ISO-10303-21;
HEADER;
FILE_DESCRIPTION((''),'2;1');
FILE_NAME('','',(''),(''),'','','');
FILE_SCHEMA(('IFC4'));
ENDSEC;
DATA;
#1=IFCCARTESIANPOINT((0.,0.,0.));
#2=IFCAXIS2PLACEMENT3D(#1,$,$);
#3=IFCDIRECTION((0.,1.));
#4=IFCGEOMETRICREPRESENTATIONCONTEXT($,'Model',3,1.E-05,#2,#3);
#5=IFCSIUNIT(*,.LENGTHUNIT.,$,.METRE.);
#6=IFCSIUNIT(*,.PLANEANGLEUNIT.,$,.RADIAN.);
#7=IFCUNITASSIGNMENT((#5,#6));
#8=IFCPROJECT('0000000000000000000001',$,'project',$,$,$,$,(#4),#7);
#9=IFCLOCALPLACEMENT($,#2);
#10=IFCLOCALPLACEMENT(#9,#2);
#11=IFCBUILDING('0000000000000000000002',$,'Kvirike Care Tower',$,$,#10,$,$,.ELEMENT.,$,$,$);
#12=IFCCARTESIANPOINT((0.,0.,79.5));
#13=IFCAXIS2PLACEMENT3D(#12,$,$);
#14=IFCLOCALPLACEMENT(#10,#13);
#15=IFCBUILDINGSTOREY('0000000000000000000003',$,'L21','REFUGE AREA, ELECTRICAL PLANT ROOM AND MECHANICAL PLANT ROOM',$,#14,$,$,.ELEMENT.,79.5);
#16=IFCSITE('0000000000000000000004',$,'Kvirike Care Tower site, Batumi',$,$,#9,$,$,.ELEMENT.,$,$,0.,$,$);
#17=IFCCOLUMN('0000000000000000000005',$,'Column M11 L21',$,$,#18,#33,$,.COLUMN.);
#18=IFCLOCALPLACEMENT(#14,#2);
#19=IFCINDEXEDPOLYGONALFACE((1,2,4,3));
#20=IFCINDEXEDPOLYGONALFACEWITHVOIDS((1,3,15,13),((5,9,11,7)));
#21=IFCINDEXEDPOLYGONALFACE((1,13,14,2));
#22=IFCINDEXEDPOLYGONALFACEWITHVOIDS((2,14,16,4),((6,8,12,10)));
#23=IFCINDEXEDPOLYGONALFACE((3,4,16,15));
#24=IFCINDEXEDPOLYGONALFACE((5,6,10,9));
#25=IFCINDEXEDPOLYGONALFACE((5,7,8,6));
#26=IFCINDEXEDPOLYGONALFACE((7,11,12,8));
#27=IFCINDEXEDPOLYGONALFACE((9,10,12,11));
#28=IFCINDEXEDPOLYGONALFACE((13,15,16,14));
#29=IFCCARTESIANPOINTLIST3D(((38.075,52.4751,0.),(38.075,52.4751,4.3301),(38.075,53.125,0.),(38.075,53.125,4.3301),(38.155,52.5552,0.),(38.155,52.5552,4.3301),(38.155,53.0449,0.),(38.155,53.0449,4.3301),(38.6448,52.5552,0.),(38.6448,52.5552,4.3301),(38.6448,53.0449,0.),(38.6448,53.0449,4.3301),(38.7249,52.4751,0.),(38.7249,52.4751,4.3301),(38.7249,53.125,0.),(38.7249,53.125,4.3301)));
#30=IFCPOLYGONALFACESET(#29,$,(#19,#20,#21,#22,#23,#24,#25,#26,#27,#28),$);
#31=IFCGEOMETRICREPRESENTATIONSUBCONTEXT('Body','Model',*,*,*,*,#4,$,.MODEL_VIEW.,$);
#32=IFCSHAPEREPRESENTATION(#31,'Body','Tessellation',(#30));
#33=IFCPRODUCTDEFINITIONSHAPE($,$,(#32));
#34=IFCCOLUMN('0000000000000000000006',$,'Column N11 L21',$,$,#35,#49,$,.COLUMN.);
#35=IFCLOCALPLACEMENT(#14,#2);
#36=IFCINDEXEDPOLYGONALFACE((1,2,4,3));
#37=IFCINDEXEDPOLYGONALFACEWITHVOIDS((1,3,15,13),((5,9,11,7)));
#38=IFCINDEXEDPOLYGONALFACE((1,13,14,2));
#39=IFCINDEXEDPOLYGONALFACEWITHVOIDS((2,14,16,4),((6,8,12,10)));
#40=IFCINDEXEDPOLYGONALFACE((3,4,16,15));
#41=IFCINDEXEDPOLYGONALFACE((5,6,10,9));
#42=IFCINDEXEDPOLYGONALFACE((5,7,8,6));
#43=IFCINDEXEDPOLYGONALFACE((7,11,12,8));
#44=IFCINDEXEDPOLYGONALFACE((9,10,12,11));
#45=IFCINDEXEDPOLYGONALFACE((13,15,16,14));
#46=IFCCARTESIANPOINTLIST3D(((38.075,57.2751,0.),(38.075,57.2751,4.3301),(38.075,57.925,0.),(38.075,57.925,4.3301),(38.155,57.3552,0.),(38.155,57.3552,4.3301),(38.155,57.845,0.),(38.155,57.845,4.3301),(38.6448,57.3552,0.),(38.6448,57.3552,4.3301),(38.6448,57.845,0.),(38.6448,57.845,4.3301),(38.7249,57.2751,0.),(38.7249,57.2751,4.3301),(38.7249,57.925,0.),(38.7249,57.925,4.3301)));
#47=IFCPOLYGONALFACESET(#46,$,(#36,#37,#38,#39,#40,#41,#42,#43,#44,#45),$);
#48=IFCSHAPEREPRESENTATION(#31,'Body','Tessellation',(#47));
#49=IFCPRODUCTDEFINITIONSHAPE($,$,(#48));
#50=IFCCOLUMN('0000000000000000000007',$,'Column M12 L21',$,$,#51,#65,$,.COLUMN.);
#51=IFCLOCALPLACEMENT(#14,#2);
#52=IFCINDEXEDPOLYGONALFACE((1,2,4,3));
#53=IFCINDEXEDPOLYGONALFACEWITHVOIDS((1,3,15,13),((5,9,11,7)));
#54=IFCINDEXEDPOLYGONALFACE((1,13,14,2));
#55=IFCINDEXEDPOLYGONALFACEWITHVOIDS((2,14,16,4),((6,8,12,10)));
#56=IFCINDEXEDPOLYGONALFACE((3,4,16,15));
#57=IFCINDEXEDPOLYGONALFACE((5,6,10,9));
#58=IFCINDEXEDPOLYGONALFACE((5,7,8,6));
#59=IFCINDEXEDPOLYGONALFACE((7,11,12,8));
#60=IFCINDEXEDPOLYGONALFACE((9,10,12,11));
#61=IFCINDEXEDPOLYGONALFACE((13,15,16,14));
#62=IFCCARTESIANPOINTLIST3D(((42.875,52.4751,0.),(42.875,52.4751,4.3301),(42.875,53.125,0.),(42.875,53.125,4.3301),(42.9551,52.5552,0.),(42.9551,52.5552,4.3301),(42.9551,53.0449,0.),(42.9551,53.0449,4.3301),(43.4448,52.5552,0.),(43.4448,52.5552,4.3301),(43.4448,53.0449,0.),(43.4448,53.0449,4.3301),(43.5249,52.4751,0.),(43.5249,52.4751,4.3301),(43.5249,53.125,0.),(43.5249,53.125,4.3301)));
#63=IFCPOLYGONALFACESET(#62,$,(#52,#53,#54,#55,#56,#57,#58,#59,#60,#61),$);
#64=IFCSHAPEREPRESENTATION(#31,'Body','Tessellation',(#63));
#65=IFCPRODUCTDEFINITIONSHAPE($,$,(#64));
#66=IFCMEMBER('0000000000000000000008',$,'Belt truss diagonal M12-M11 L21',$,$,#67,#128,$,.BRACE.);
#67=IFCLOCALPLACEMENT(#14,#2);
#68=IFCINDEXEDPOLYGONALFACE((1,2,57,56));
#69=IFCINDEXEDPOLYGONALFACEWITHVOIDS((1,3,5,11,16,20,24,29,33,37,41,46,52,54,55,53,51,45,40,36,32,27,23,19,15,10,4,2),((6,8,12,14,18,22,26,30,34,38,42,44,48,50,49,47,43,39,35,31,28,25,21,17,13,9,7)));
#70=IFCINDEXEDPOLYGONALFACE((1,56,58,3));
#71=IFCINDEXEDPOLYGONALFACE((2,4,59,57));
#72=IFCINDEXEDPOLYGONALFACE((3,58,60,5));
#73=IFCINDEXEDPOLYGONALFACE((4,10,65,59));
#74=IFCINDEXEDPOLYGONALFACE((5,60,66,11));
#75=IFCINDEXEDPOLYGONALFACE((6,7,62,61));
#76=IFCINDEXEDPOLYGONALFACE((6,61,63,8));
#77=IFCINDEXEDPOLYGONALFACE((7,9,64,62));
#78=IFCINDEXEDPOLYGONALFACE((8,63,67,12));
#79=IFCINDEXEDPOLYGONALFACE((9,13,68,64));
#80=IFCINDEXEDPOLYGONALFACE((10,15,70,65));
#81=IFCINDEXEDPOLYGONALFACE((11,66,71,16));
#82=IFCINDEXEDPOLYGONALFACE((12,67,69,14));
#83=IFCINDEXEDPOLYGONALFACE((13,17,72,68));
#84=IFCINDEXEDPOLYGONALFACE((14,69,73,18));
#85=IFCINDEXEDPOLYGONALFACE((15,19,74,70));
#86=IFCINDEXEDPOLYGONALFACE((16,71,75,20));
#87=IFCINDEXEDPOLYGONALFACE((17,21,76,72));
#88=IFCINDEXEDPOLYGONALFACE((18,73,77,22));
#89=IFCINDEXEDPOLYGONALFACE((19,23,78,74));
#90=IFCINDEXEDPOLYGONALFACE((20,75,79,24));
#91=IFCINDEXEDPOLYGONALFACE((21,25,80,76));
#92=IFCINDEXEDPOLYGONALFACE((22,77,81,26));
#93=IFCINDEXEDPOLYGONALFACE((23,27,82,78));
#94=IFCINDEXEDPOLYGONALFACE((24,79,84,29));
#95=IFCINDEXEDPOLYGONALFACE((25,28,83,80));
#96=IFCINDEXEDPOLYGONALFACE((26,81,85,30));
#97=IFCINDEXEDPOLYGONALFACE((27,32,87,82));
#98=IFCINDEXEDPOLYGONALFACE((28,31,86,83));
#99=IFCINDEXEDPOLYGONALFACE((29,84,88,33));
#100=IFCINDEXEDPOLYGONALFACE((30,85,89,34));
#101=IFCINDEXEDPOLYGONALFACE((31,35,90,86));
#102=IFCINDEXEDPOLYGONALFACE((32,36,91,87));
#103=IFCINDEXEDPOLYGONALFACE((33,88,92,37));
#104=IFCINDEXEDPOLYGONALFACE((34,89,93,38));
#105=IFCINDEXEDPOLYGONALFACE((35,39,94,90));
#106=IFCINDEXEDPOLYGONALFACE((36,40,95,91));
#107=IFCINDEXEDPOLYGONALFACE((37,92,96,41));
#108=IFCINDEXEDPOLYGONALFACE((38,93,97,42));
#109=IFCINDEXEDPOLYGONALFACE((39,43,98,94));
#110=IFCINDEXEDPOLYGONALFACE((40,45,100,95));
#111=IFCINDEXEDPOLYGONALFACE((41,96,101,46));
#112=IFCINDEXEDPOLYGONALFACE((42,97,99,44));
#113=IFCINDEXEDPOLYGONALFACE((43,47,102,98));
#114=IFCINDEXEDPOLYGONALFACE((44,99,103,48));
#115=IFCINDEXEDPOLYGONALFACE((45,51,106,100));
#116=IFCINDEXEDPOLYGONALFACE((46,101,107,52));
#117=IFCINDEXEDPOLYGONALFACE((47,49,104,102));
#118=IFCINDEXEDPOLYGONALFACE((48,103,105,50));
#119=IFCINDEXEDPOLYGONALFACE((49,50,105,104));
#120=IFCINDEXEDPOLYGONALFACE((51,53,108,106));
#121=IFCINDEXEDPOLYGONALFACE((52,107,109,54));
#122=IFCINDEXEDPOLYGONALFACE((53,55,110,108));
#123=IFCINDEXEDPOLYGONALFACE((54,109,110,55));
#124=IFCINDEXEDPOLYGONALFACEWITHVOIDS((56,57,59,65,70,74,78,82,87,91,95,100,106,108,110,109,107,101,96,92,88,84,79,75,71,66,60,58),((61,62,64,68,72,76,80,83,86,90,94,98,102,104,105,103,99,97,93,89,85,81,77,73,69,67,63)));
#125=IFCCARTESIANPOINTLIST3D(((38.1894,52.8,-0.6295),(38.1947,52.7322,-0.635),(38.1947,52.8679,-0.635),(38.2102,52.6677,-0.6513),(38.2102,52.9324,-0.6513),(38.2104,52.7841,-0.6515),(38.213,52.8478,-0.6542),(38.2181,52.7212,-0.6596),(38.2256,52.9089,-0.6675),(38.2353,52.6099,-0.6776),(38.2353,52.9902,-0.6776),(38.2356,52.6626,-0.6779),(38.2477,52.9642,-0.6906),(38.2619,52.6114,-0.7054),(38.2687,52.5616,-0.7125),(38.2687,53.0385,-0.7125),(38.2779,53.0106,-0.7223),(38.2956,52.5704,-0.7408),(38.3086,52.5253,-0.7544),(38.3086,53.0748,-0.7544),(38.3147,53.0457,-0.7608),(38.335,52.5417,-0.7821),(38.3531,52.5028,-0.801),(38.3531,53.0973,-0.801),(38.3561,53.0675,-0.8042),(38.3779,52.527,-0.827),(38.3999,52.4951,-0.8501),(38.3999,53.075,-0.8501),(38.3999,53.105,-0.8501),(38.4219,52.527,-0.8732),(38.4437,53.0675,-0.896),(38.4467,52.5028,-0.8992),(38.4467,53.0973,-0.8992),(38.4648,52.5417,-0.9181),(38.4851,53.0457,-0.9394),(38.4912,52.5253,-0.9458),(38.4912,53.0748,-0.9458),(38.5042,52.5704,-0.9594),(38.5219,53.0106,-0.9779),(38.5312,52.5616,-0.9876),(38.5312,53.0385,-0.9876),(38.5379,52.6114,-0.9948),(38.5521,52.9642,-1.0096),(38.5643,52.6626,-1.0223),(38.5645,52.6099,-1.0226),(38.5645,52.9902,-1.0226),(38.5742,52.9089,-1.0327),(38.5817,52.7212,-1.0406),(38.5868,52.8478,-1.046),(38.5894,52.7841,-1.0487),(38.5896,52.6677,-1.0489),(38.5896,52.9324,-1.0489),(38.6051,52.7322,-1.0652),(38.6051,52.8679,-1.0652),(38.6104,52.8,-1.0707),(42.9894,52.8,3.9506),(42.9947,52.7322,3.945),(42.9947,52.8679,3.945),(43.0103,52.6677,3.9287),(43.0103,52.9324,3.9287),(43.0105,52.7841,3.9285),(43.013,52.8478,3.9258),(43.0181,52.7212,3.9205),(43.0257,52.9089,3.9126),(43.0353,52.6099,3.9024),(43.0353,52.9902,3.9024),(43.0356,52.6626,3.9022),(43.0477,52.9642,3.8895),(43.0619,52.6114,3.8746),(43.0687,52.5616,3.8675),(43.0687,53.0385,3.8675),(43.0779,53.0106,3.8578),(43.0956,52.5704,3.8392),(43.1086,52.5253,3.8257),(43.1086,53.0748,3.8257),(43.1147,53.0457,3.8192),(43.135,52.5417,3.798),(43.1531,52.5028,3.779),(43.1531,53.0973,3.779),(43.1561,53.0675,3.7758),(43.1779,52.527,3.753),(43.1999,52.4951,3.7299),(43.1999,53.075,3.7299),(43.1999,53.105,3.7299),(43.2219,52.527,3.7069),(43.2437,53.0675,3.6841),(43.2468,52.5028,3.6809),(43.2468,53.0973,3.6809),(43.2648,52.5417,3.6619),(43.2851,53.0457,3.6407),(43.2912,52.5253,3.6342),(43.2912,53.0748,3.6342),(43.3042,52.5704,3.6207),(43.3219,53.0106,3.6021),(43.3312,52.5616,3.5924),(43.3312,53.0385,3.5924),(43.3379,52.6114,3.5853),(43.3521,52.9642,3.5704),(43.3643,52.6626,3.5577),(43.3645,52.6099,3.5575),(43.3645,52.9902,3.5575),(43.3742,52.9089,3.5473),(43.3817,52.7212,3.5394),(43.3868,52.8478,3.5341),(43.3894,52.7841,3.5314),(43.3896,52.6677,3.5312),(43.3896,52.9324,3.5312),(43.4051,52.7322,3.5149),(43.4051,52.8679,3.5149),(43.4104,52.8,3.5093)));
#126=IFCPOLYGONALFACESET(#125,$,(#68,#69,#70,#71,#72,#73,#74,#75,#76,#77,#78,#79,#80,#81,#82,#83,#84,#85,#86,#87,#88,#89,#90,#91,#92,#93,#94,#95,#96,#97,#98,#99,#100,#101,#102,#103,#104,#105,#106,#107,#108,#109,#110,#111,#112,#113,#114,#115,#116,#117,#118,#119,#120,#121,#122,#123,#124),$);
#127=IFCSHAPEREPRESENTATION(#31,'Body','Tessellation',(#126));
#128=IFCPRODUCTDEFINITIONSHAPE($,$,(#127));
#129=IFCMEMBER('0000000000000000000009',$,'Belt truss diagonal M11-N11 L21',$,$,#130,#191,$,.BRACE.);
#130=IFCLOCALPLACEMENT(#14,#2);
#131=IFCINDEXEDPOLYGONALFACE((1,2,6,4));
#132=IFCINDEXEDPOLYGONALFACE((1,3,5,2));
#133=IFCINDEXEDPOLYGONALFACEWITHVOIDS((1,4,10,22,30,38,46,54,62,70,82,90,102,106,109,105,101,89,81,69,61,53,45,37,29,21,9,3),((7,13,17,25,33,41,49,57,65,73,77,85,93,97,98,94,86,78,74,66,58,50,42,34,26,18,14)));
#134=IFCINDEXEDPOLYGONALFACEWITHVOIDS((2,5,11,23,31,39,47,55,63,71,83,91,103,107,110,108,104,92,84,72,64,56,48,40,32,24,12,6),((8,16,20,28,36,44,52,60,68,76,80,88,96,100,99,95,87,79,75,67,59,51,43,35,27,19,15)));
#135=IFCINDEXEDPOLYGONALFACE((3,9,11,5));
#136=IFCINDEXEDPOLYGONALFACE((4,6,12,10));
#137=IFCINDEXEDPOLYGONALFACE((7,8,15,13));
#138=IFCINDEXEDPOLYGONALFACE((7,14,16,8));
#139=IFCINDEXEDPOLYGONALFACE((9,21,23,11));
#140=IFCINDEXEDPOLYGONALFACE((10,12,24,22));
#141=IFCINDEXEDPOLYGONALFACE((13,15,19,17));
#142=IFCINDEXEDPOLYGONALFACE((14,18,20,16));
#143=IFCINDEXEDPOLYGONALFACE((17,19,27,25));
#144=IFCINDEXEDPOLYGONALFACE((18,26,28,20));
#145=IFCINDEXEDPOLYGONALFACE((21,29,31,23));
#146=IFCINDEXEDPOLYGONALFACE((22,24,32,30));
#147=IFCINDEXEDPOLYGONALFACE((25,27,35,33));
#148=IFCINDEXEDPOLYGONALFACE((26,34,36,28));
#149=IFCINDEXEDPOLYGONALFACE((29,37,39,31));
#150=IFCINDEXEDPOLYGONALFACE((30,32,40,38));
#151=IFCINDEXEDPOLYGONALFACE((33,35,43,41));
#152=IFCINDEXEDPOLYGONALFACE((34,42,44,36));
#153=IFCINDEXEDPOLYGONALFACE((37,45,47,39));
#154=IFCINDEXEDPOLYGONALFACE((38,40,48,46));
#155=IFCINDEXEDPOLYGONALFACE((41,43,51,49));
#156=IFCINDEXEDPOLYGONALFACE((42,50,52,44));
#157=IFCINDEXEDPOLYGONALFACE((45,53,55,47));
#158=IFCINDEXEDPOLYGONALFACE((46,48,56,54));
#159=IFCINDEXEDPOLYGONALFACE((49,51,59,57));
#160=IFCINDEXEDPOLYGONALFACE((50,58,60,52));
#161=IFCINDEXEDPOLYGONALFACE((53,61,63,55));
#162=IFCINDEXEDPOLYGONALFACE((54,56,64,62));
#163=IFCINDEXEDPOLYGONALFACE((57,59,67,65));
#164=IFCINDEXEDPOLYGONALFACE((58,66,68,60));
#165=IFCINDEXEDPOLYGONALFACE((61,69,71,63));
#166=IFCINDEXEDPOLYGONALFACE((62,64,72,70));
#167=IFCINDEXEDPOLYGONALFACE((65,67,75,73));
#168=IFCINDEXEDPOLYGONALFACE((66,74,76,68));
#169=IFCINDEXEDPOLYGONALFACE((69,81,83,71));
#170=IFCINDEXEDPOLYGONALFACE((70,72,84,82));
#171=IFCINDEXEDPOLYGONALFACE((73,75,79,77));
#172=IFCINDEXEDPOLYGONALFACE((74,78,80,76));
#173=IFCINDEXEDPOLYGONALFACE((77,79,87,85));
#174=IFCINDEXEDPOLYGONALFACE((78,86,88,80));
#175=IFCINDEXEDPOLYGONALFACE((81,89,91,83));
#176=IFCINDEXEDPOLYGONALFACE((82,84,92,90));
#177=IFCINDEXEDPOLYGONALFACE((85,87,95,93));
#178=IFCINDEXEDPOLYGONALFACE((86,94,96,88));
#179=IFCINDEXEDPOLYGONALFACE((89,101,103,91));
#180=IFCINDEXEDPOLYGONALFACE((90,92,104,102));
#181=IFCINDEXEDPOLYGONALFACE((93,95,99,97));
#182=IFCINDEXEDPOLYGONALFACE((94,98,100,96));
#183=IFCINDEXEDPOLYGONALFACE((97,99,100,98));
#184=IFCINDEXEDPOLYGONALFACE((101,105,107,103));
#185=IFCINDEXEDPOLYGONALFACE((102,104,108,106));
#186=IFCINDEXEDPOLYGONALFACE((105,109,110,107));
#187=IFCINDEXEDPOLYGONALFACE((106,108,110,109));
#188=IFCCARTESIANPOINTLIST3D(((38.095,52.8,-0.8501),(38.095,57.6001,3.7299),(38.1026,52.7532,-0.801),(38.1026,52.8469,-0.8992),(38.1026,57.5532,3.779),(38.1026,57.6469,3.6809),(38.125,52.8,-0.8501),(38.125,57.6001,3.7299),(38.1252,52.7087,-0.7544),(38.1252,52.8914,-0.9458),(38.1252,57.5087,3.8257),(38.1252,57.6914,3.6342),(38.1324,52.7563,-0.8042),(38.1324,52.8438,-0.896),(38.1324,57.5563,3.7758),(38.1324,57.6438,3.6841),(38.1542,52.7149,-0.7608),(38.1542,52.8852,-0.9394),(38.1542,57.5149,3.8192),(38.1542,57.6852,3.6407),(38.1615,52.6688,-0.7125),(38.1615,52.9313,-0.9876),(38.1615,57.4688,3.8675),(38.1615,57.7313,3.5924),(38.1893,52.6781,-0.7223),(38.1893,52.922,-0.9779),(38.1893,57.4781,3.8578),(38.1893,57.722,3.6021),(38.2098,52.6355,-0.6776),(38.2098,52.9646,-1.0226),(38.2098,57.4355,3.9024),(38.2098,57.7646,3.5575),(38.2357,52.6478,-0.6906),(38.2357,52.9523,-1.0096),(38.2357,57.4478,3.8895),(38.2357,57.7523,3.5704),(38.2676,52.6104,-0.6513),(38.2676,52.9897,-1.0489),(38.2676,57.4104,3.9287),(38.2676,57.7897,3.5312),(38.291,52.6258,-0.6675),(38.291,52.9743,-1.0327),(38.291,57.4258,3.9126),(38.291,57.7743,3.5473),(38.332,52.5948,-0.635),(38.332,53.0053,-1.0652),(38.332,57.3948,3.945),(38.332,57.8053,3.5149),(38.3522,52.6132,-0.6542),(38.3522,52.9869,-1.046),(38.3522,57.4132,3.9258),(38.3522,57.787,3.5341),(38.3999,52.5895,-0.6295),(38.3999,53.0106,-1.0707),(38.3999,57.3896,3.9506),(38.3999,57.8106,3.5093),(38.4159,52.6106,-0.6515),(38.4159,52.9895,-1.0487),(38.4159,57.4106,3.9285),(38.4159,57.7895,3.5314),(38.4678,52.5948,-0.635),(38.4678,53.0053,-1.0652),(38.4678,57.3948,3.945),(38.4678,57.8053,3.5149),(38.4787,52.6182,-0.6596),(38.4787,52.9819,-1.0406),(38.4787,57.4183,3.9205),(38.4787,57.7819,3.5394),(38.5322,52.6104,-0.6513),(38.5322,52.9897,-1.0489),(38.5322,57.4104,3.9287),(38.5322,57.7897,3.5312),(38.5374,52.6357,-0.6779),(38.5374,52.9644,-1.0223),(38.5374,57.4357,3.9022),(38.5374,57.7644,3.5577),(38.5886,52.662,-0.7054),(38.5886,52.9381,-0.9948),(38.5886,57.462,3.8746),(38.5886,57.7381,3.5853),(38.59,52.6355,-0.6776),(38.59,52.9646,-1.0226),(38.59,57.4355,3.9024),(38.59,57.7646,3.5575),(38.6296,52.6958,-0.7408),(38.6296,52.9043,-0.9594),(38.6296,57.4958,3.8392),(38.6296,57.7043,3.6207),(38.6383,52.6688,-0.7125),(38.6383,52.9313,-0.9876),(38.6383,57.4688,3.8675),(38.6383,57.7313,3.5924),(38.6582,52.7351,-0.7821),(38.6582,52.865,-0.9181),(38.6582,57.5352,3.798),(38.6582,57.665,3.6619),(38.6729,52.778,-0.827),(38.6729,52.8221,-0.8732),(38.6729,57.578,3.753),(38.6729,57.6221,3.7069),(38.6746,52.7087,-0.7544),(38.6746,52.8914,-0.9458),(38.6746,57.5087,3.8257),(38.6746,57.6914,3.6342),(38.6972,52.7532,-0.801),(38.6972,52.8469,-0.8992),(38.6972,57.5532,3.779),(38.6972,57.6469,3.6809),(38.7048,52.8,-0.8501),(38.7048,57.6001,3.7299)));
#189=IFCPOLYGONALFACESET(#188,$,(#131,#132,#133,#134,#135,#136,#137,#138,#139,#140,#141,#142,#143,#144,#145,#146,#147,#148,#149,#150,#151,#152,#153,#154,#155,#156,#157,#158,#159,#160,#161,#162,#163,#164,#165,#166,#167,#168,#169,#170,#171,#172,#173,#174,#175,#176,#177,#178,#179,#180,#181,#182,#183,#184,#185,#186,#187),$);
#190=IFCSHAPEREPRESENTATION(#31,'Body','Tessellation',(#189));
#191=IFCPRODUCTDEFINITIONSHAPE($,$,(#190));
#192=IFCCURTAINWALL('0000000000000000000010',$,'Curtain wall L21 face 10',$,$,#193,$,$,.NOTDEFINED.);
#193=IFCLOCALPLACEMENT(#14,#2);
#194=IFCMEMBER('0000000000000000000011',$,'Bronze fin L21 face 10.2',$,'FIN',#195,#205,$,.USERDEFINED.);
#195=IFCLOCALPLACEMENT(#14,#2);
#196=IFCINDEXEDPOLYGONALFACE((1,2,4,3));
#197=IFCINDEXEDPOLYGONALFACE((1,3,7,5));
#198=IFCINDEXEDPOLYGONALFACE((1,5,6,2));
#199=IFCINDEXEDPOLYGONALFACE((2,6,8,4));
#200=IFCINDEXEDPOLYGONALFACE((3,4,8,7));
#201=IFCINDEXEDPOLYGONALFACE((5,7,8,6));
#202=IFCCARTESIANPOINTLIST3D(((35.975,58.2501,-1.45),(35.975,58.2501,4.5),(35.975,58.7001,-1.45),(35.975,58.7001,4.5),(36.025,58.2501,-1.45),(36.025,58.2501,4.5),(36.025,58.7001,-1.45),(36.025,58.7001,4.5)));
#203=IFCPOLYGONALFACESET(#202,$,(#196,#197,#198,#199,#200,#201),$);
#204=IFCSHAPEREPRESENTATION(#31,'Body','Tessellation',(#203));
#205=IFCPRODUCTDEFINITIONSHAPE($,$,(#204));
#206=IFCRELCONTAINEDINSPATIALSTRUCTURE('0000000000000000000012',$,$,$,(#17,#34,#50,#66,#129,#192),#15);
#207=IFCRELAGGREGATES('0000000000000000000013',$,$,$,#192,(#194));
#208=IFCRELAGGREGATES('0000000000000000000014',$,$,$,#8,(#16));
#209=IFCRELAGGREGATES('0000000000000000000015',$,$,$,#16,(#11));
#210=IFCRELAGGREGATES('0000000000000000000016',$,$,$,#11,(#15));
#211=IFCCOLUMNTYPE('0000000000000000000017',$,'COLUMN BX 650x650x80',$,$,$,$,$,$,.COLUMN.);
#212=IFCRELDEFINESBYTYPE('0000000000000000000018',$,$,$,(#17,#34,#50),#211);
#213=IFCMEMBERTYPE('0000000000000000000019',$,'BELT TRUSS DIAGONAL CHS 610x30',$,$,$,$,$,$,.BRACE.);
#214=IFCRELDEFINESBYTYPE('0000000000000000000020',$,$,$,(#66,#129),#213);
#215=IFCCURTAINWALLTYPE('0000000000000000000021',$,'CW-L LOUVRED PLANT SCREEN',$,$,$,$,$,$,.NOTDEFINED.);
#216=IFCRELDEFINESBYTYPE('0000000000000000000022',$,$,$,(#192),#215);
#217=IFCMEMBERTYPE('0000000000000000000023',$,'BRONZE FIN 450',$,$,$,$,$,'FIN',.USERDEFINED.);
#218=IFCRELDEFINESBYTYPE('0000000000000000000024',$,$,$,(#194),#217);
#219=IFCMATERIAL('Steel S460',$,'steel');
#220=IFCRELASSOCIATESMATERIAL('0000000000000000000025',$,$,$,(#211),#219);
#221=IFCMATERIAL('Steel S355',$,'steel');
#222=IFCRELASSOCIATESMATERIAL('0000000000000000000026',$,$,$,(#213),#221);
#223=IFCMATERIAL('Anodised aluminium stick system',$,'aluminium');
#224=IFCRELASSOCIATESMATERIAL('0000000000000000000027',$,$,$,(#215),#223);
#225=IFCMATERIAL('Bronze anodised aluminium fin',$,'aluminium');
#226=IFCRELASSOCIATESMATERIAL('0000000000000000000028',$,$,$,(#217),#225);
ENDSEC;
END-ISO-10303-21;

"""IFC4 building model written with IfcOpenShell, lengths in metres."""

from ifc_helpers import new_model, si_unit, direction, frame, origin, origin_2d, place, context, subcontext, project, spatial, rectangle, hollow_rectangle, hollow_circle, extrude, material, material_profile, profile_set, type_object, element, aggregate, save


model = new_model("IFC4")

# Units and contexts
model_context = context("Model", 3, precision=1e-05, world=origin(), true_north=direction((0.0, 1.0)))
body_context = subcontext(model_context, "Body", "Model", "MODEL_VIEW")
ifc_project = project(units=[si_unit("LENGTHUNIT", "METRE"), si_unit("PLANEANGLEUNIT", "RADIAN")], contexts=[model_context])

# Site, building, storey
site_placement = place(None, origin())
site = spatial("IfcSite", under=ifc_project, at=site_placement, Name="Kvirike Care Tower site, Batumi", CompositionType="ELEMENT", RefElevation=0.0)
building_placement = place(site_placement, origin())
building = spatial("IfcBuilding", under=site, at=building_placement, Name="Kvirike Care Tower", CompositionType="ELEMENT")
storey_placement = place(building_placement, frame((0.0, 0.0, 79.5)))
storey = spatial("IfcBuildingStorey", under=building, at=storey_placement, Name="L21", Description="REFUGE AREA, ELECTRICAL PLANT ROOM AND MECHANICAL PLANT ROOM", CompositionType="ELEMENT", Elevation=79.5)

# Columns
ifc_material_1 = material(Name="Steel S460", Category="steel")
ifc_material_profile_1 = material_profile(ifc_material_1, hollow_rectangle(XDim=0.6499, YDim=0.6499, WallThickness=0.0801, at=origin_2d()), Name="BX 650x650x80")
ifc_profile_set_1 = profile_set([ifc_material_profile_1], Name="Steel S460")
column_type = type_object("IfcColumnType", Name="COLUMN BX 650x650x80", PredefinedType="COLUMN", material=ifc_profile_set_1)
for number, where, z_axis, x_axis, name in (
    (1, (38.3999, 52.8, 0.0), (0.0, 0.0, 1.0), (0.0, 1.0, 0.0), "Column M11 L21"),
    (2, (38.3999, 57.6001, 0.0), (0.0, 0.0, 1.0), (0.0, 1.0, 0.0), "Column N11 L21"),
    (3, (43.2, 52.8, 0.0), (0.0, 0.0, 1.0), (0.0, 1.0, 0.0), "Column M12 L21"),
):
    element("IfcColumn", number, at=place(storey_placement, frame(where, z_axis=z_axis, x_axis=x_axis)), inside=storey, type_object=column_type, Name=name, PredefinedType="COLUMN", context=body_context, shape_type="SweptSolid", body=[
        extrude(hollow_rectangle(XDim=0.6499, YDim=0.6499, WallThickness=0.0801, at=origin_2d()), origin(), (0.0, 0.0, 1.0), 4.3301),
    ])

# Members
ifc_material_2 = material(Name="Steel S355", Category="steel")
ifc_material_profile_2 = material_profile(ifc_material_2, hollow_circle(Radius=0.3049, WallThickness=0.03, at=origin_2d()), Name="CHS 610x30")
ifc_profile_set_2 = profile_set([ifc_material_profile_2], Name="Steel S355")
member_type_1 = type_object("IfcMemberType", Name="BELT TRUSS DIAGONAL CHS 610x30", PredefinedType="BRACE", material=ifc_profile_set_2)
for number, where, z_axis, x_axis, name in (
    (4, (38.3999, 52.8, -0.8501), (0.72349, 0.0, 0.690335), (0.0, 1.0, 0.0), "Belt truss diagonal M12-M11 L21"),
    (5, (38.3999, 52.8, -0.8501), (0.0, 0.72349, 0.690335), (-1.0, 0.0, 0.0), "Belt truss diagonal M11-N11 L21"),
):
    element("IfcMember", number, at=place(storey_placement, frame(where, z_axis=z_axis, x_axis=x_axis)), inside=storey, type_object=member_type_1, Name=name, PredefinedType="BRACE", context=body_context, shape_type="SweptSolid", body=[
        extrude(hollow_circle(Radius=0.3049, WallThickness=0.03, at=origin_2d()), origin(), (0.0, 0.0, 1.0), 6.6345),
    ])

# Curtain wall, member
ifc_material_3 = material(Name="Anodised aluminium stick system", Category="aluminium")
curtain_wall_type = type_object("IfcCurtainWallType", Name="CW-L LOUVRED PLANT SCREEN", PredefinedType="NOTDEFINED", material=ifc_material_3)
curtain_wall_1_placement = place(storey_placement, origin())
curtain_wall_1 = element("IfcCurtainWall", 6, at=curtain_wall_1_placement, inside=storey, type_object=curtain_wall_type, Name="Curtain wall L21 face 10", PredefinedType="NOTDEFINED")
ifc_material_4 = material(Name="Bronze anodised aluminium fin", Category="aluminium")
ifc_material_profile_3 = material_profile(ifc_material_4, rectangle(XDim=0.05, YDim=0.45, at=origin_2d()), Name="BRONZE FIN 450")
ifc_profile_set_3 = profile_set([ifc_material_profile_3], Name="Bronze anodised aluminium fin")
member_type_2 = type_object("IfcMemberType", Name="BRONZE FIN 450", ElementType="FIN", PredefinedType="USERDEFINED", material=ifc_profile_set_3)
member_1_placement = place(storey_placement, frame((36.0, 58.4751, -1.45), z_axis=(0.0, 0.0, 1.0), x_axis=(-1.0, 0.0, 0.0)))
member_1 = element("IfcMember", 7, at=member_1_placement, type_object=member_type_2, Name="Bronze fin L21 face 10.2", ObjectType="FIN", PredefinedType="USERDEFINED", context=body_context, shape_type="SweptSolid", body=[
    extrude(rectangle(XDim=0.05, YDim=0.45, at=origin_2d()), origin(), (0.0, 0.0, 1.0), 5.95),
])

aggregate(curtain_wall_1, [member_1])

save(model, "model.ifc")
